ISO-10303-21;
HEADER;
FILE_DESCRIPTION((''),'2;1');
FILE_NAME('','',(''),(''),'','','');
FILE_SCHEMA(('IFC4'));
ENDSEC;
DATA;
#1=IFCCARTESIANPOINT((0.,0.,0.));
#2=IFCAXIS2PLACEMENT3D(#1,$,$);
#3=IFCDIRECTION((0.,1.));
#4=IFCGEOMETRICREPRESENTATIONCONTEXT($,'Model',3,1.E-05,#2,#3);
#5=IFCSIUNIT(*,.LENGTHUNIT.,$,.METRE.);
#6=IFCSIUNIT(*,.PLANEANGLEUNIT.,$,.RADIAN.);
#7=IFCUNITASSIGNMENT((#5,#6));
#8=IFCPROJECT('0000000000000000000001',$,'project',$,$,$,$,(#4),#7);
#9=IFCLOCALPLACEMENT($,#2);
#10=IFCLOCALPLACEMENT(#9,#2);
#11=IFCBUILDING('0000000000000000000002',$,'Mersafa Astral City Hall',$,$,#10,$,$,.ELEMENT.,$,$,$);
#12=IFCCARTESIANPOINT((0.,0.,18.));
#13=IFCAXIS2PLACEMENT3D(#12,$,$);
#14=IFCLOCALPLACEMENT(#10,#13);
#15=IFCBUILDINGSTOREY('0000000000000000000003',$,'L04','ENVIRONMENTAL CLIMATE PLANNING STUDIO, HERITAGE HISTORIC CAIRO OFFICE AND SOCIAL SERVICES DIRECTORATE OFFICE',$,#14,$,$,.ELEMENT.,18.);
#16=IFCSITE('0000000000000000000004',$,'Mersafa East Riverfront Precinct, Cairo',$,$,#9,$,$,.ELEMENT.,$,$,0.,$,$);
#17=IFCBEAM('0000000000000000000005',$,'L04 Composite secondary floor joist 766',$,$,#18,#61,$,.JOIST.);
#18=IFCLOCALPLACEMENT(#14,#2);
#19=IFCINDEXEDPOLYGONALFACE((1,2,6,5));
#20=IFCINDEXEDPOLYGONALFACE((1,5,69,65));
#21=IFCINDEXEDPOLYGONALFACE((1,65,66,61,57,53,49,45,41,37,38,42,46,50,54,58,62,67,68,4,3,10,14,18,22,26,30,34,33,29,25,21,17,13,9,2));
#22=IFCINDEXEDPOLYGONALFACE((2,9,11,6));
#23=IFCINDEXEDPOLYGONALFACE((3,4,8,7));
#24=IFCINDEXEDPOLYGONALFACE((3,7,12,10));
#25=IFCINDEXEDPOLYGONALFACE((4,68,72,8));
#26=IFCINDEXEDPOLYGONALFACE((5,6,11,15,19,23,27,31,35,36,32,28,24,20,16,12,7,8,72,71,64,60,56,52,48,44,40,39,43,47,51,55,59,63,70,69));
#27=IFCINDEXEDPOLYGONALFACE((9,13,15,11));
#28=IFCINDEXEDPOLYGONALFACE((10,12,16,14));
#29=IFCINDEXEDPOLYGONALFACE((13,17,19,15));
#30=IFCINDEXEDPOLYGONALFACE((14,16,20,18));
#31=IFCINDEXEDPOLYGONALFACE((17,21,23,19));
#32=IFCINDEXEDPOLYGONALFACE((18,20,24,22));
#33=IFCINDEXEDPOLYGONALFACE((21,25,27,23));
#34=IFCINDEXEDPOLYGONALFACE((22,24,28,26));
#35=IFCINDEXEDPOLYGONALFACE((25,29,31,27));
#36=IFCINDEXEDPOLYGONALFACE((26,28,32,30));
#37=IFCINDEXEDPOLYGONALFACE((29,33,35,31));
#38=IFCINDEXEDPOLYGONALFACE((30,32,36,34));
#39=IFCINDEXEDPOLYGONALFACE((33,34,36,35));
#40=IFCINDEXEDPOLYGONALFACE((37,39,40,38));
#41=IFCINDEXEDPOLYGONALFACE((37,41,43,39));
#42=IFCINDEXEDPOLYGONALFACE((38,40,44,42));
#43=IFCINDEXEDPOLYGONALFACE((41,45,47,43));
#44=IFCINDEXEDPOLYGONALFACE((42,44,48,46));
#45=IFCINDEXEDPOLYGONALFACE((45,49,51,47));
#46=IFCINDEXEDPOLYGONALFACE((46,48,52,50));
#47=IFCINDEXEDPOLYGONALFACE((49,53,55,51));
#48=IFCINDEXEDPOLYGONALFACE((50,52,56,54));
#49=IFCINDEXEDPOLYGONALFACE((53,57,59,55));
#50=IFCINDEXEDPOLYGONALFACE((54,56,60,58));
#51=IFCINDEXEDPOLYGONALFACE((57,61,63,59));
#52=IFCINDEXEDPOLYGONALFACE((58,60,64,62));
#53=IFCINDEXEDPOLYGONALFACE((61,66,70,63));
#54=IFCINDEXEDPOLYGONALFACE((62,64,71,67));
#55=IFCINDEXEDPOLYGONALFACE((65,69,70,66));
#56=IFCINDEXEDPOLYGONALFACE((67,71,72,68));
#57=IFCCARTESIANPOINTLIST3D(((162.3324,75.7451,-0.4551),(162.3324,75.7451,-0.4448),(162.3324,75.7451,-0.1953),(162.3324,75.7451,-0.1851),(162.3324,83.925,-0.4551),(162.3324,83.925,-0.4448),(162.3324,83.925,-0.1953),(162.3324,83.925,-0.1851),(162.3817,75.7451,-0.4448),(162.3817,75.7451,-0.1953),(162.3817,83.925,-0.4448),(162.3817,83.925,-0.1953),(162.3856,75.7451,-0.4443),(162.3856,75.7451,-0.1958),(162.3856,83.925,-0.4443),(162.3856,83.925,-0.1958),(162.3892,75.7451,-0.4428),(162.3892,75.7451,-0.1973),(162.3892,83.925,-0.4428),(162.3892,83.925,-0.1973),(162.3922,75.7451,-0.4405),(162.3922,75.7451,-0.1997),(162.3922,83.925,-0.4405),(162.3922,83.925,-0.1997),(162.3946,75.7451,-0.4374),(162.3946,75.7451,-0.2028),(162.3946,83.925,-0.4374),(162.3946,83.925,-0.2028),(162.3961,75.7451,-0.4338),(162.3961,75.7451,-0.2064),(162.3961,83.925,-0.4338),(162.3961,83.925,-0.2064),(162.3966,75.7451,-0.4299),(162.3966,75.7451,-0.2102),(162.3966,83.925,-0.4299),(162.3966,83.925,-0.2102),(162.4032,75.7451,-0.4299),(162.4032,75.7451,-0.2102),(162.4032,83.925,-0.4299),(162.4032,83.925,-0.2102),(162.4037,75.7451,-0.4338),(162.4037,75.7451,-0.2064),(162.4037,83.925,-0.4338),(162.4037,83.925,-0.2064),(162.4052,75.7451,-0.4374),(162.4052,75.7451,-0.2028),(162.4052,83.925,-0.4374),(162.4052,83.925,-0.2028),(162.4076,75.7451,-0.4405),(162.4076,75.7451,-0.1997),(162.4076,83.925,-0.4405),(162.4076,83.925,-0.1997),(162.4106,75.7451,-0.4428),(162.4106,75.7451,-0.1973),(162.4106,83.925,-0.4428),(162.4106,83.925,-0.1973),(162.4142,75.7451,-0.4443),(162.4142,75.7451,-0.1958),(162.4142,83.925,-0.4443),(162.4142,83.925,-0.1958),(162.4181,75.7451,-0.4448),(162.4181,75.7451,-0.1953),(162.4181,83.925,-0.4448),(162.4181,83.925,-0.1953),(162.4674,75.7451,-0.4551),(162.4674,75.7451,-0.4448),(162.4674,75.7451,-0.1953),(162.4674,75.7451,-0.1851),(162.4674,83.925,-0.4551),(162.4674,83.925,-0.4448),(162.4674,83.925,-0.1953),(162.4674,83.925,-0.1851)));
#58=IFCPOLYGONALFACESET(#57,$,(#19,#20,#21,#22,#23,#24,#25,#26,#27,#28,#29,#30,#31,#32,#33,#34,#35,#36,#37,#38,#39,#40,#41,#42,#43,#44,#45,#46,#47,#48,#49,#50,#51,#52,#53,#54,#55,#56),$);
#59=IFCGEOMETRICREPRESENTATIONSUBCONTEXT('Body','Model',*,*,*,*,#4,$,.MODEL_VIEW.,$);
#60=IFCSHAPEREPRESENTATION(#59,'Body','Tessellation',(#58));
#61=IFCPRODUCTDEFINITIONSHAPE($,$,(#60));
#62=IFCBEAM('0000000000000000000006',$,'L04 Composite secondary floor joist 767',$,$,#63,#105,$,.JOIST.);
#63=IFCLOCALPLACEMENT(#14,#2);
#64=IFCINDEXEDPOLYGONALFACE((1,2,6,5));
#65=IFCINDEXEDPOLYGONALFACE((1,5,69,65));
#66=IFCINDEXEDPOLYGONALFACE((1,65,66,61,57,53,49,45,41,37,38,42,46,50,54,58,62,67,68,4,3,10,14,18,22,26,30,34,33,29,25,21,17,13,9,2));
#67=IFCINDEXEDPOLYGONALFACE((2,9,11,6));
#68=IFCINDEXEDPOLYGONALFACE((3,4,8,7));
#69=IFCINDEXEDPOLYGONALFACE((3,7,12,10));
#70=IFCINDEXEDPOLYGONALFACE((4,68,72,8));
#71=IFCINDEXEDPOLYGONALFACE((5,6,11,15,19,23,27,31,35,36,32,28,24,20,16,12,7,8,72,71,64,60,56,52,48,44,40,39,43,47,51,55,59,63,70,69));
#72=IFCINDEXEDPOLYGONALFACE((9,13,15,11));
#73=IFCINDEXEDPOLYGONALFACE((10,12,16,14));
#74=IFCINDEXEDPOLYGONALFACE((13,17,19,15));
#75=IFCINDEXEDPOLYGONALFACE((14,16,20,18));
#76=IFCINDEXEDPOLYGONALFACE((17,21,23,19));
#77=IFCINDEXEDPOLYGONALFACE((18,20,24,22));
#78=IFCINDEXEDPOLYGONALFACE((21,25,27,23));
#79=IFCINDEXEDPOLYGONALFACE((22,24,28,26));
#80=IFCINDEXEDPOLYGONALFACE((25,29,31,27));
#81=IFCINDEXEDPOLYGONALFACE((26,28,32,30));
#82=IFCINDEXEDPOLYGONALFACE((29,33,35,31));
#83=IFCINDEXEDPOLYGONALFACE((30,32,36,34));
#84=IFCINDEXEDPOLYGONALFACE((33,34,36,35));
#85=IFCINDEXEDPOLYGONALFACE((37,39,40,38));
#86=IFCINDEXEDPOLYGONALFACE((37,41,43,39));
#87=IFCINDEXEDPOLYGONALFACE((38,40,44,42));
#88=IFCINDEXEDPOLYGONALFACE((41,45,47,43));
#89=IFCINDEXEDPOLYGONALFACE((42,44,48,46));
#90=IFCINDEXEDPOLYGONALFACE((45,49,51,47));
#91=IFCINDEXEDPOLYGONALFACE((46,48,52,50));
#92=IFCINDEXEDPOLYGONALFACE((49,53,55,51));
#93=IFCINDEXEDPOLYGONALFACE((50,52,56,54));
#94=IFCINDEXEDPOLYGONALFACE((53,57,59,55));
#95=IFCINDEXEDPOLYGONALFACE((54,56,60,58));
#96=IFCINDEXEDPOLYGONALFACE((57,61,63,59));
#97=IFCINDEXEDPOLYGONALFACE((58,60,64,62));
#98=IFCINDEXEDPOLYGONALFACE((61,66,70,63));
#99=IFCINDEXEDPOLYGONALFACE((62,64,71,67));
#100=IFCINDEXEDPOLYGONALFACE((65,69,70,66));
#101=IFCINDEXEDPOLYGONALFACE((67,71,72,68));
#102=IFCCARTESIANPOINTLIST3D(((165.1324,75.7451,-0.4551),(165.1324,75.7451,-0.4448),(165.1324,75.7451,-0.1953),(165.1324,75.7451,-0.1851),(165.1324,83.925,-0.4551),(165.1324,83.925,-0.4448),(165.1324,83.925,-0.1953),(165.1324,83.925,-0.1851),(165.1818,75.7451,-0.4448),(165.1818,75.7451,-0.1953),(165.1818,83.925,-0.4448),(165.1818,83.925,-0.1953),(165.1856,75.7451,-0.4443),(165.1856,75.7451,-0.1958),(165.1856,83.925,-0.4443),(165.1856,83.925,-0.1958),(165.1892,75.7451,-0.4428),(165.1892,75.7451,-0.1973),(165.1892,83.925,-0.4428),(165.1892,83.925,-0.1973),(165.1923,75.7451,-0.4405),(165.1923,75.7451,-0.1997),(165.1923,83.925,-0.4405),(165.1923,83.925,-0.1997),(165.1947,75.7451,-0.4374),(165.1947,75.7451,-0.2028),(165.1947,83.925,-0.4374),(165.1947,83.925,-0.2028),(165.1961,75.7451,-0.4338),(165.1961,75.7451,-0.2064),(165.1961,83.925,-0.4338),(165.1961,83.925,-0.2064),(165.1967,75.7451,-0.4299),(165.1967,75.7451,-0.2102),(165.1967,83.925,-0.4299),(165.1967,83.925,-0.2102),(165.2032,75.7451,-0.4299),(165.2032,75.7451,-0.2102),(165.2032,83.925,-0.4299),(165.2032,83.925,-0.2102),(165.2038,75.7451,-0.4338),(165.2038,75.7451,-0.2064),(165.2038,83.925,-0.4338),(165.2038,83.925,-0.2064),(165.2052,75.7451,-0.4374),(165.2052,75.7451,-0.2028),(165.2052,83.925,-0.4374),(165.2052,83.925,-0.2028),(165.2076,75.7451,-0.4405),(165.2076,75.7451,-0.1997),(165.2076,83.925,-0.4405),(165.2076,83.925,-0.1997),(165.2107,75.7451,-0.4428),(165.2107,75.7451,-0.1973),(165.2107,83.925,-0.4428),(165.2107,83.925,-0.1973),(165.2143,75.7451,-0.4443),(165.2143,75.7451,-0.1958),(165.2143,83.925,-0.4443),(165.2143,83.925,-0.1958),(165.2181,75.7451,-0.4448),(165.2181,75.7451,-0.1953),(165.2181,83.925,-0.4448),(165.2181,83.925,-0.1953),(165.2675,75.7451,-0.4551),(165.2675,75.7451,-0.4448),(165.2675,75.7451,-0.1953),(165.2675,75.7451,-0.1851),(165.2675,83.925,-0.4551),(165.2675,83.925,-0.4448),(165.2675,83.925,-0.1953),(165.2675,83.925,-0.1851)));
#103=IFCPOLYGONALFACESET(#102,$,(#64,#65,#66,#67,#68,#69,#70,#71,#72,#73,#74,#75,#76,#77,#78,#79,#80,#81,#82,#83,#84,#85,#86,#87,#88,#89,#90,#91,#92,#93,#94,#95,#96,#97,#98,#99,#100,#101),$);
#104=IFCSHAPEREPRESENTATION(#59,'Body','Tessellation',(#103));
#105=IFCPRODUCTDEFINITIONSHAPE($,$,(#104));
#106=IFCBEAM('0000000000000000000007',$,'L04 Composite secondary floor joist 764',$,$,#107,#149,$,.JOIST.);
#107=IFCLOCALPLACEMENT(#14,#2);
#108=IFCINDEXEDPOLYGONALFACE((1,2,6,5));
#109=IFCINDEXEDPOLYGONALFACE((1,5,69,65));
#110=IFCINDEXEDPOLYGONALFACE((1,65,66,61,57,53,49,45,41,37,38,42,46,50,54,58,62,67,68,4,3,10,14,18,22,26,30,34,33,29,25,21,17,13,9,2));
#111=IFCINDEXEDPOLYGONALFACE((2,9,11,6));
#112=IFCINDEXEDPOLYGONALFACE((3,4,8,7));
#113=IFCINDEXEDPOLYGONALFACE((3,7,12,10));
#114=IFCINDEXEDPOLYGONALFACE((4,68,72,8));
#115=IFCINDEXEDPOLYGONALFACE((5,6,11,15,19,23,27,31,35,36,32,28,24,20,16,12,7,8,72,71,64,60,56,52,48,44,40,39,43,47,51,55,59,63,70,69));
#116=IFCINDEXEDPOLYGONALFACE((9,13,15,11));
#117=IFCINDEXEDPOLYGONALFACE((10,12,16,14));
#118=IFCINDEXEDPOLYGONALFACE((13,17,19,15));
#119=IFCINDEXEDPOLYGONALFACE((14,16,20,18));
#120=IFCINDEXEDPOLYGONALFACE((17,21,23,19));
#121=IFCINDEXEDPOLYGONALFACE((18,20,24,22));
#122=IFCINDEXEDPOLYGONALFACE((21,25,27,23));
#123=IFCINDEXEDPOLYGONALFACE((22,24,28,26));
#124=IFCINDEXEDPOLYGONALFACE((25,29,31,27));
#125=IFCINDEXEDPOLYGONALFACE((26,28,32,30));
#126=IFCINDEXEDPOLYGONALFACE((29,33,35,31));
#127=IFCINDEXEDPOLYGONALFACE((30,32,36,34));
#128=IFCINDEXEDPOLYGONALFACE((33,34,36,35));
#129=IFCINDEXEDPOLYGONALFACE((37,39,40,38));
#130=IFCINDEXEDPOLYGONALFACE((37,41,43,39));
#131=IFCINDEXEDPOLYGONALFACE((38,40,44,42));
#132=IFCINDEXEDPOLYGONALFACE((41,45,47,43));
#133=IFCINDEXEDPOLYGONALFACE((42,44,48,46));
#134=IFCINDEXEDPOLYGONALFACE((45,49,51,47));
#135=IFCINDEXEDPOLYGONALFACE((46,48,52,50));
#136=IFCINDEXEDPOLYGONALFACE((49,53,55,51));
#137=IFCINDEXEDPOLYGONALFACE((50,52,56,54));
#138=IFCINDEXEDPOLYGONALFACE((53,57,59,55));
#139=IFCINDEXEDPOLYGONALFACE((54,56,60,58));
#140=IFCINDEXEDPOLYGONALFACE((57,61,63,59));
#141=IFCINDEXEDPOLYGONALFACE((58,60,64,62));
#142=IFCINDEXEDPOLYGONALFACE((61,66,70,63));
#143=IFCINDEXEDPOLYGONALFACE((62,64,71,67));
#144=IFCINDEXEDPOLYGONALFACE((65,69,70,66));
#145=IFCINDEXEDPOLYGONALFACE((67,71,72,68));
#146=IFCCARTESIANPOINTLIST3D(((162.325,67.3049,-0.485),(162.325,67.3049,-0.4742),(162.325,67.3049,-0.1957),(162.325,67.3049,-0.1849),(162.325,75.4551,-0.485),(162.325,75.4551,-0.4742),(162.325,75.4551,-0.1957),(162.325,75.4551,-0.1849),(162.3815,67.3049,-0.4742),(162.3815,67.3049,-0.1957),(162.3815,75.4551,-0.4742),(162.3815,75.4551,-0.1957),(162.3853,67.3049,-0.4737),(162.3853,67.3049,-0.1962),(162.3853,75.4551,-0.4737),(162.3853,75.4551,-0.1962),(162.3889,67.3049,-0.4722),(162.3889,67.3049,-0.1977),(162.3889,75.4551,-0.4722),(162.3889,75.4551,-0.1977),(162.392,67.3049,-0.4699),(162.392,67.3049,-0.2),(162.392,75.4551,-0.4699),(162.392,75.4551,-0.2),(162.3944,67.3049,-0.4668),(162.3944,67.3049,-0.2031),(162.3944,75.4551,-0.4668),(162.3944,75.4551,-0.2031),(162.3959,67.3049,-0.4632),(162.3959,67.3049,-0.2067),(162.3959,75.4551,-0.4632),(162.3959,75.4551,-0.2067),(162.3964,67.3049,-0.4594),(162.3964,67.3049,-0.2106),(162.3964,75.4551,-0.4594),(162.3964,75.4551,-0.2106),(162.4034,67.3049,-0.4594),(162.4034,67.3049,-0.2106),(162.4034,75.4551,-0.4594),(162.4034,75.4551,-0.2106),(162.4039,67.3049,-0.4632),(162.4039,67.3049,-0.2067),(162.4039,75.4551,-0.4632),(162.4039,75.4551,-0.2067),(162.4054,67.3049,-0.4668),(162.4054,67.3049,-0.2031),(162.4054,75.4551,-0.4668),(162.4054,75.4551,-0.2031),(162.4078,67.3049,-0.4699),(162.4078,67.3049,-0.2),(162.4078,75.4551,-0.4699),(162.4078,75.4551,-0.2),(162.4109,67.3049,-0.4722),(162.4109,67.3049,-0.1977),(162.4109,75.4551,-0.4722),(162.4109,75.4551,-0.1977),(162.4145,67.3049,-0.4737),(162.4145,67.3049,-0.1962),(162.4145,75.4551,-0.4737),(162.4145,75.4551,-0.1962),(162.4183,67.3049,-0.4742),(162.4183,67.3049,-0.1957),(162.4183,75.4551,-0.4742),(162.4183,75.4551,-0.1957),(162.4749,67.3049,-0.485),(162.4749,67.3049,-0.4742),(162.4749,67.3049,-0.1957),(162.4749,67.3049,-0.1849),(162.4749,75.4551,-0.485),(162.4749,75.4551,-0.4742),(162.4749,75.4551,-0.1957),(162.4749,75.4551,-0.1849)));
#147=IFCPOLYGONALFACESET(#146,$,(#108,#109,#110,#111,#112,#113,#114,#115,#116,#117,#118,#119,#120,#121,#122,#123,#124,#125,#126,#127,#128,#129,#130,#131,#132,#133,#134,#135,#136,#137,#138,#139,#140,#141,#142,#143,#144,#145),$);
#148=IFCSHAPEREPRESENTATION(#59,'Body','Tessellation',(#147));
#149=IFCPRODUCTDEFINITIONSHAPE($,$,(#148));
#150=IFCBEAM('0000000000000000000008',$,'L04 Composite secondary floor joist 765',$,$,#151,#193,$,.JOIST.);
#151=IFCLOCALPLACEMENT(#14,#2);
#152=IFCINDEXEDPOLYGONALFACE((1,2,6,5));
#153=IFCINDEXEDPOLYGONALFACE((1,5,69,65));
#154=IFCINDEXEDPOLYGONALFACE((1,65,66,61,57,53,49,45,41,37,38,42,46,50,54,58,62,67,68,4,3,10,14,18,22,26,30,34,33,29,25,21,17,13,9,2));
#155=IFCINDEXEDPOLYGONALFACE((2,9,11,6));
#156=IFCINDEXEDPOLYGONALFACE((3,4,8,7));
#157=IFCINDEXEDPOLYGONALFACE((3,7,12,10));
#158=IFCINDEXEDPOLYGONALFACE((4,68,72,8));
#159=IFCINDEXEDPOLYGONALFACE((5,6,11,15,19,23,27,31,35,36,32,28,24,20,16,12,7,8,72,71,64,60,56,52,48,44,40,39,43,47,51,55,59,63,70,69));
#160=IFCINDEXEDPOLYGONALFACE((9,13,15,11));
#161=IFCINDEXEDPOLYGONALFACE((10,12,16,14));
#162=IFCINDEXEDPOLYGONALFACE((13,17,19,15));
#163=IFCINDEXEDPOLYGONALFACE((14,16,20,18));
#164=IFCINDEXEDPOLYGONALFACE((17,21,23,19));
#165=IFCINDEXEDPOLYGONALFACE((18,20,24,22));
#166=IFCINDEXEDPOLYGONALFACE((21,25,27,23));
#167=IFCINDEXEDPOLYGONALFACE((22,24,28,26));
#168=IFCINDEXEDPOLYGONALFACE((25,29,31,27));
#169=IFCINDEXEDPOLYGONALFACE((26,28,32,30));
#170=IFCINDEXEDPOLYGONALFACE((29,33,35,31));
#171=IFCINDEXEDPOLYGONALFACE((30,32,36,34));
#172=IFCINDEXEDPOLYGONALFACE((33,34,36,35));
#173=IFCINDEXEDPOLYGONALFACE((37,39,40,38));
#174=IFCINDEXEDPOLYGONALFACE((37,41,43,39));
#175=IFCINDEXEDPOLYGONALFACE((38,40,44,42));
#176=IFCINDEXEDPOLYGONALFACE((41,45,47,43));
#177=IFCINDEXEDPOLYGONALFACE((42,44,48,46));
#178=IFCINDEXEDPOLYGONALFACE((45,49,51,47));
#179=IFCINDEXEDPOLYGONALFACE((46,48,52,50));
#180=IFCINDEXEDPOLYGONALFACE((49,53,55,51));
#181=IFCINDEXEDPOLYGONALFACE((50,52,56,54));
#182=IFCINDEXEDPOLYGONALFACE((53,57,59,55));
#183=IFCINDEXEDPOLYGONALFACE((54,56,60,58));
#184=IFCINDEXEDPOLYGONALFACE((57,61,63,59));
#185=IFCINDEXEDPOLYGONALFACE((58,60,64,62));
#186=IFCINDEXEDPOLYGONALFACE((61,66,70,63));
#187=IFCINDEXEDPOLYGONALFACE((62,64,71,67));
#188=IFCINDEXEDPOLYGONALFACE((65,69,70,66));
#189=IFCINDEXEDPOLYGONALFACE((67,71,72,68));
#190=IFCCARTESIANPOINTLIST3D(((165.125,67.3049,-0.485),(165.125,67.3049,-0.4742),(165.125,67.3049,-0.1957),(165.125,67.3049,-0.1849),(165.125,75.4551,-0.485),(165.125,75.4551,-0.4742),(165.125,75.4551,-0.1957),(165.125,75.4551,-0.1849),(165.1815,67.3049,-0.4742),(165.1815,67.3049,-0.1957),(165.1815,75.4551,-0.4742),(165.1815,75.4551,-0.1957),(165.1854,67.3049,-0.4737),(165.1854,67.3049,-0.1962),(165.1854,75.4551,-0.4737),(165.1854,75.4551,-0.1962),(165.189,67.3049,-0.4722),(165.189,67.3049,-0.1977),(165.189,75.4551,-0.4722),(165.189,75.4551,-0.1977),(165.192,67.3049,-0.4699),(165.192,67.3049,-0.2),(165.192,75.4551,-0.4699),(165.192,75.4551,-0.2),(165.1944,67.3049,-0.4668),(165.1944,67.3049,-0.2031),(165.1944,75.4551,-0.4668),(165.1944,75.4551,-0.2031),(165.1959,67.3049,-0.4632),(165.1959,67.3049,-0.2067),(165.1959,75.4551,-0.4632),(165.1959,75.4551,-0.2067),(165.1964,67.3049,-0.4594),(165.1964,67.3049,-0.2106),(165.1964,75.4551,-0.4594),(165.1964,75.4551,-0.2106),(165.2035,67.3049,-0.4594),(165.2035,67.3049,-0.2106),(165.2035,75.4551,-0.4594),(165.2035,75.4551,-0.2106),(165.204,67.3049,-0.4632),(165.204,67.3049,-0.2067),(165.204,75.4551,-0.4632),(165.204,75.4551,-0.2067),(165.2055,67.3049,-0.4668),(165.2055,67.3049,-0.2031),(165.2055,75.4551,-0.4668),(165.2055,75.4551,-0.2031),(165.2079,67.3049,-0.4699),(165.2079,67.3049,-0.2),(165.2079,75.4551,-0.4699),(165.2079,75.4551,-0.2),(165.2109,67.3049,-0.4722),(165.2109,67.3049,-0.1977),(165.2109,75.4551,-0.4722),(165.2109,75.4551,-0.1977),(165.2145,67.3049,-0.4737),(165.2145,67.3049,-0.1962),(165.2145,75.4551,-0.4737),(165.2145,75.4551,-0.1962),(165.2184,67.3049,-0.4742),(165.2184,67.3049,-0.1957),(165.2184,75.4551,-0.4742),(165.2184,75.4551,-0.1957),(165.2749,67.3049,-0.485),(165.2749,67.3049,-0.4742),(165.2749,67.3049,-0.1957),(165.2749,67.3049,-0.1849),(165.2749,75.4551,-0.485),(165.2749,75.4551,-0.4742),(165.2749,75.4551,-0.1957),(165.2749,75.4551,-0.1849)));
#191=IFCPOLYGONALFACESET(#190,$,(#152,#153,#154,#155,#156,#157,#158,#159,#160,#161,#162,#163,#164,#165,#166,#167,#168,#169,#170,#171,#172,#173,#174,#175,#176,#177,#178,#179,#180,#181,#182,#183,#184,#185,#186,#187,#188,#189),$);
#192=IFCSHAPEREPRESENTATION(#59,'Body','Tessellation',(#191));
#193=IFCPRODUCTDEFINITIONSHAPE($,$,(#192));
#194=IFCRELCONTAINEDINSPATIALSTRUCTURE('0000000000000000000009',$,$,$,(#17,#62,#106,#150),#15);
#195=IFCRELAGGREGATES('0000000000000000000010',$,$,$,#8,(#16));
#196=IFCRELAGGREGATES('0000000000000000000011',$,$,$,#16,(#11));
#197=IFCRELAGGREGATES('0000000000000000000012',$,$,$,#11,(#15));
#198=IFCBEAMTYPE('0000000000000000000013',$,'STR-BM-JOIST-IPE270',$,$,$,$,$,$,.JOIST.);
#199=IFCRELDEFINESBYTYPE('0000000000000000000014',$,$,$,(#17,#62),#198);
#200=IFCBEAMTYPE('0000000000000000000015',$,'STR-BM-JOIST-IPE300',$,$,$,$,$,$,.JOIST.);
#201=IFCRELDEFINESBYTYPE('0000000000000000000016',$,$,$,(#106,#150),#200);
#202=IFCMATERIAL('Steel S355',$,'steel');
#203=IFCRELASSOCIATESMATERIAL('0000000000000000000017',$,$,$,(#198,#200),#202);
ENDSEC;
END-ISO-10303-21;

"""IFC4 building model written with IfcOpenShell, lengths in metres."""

from ifc_helpers import new_model, si_unit, direction, frame, origin, origin_2d, place, context, subcontext, project, spatial, i_section, extrude, material, material_profile, profile_set, type_object, element, save


model = new_model("IFC4")

# Units and contexts
model_context = context("Model", 3, precision=1e-05, world=origin(), true_north=direction((0.0, 1.0)))
body_context = subcontext(model_context, "Body", "Model", "MODEL_VIEW")
ifc_project = project(units=[si_unit("LENGTHUNIT", "METRE"), si_unit("PLANEANGLEUNIT", "RADIAN")], contexts=[model_context])

# Site, building, storey
site_placement = place(None, origin())
site = spatial("IfcSite", under=ifc_project, at=site_placement, Name="Mersafa East Riverfront Precinct, Cairo", CompositionType="ELEMENT", RefElevation=0.0)
building_placement = place(site_placement, origin())
building = spatial("IfcBuilding", under=site, at=building_placement, Name="Mersafa Astral City Hall", CompositionType="ELEMENT")
storey_placement = place(building_placement, frame((0.0, 0.0, 18.0)))
storey = spatial("IfcBuildingStorey", under=building, at=storey_placement, Name="L04", Description="ENVIRONMENTAL CLIMATE PLANNING STUDIO, HERITAGE HISTORIC CAIRO OFFICE AND SOCIAL SERVICES DIRECTORATE OFFICE", CompositionType="ELEMENT", Elevation=18.0)

# Shared definitions
ifc_material_1 = material(Name="Steel S355", Category="steel")

# Beams
ifc_material_profile_1 = material_profile(ifc_material_1, i_section(OverallWidth=0.135, OverallDepth=0.27, WebThickness=0.0066, FlangeThickness=0.0103, FilletRadius=0.0149, at=origin_2d()), Name="IPE 270")
ifc_profile_set_1 = profile_set([ifc_material_profile_1], Name="Steel S355")
beam_type_1 = type_object("IfcBeamType", Name="STR-BM-JOIST-IPE270", PredefinedType="JOIST", material=ifc_profile_set_1)
for number, where, z_axis, x_axis, name in (
    (1, (162.3999, 75.7451, -0.3201), (0.0, 1.0, 0.0), (-1.0, 0.0, 0.0), "L04 Composite secondary floor joist 766"),
    (2, (165.2, 75.7451, -0.3201), (0.0, 1.0, 0.0), (-1.0, 0.0, 0.0), "L04 Composite secondary floor joist 767"),
):
    element("IfcBeam", number, at=place(storey_placement, frame(where, z_axis=z_axis, x_axis=x_axis)), inside=storey, type_object=beam_type_1, Name=name, PredefinedType="JOIST", context=body_context, shape_type="SweptSolid", body=[
        extrude(i_section(OverallWidth=0.135, OverallDepth=0.27, WebThickness=0.0066, FlangeThickness=0.0103, FilletRadius=0.0149, at=origin_2d()), origin(), (0.0, 0.0, 1.0), 8.1799),
    ])
ifc_material_profile_2 = material_profile(ifc_material_1, i_section(OverallWidth=0.1499, OverallDepth=0.3, WebThickness=0.0071, FlangeThickness=0.0107, FilletRadius=0.0149, at=origin_2d()), Name="IPE 300")
ifc_profile_set_2 = profile_set([ifc_material_profile_2], Name="Steel S355")
beam_type_2 = type_object("IfcBeamType", Name="STR-BM-JOIST-IPE300", PredefinedType="JOIST", material=ifc_profile_set_2)
for number, where, z_axis, x_axis, name in (
    (3, (162.3999, 67.3049, -0.335), (0.0, 1.0, 0.0), (-1.0, 0.0, 0.0), "L04 Composite secondary floor joist 764"),
    (4, (165.2, 67.3049, -0.335), (0.0, 1.0, 0.0), (-1.0, 0.0, 0.0), "L04 Composite secondary floor joist 765"),
):
    element("IfcBeam", number, at=place(storey_placement, frame(where, z_axis=z_axis, x_axis=x_axis)), inside=storey, type_object=beam_type_2, Name=name, PredefinedType="JOIST", context=body_context, shape_type="SweptSolid", body=[
        extrude(i_section(OverallWidth=0.1499, OverallDepth=0.3, WebThickness=0.0071, FlangeThickness=0.0107, FilletRadius=0.0149, at=origin_2d()), origin(), (0.0, 0.0, 1.0), 8.1501),
    ])

save(model, "model.ifc")
